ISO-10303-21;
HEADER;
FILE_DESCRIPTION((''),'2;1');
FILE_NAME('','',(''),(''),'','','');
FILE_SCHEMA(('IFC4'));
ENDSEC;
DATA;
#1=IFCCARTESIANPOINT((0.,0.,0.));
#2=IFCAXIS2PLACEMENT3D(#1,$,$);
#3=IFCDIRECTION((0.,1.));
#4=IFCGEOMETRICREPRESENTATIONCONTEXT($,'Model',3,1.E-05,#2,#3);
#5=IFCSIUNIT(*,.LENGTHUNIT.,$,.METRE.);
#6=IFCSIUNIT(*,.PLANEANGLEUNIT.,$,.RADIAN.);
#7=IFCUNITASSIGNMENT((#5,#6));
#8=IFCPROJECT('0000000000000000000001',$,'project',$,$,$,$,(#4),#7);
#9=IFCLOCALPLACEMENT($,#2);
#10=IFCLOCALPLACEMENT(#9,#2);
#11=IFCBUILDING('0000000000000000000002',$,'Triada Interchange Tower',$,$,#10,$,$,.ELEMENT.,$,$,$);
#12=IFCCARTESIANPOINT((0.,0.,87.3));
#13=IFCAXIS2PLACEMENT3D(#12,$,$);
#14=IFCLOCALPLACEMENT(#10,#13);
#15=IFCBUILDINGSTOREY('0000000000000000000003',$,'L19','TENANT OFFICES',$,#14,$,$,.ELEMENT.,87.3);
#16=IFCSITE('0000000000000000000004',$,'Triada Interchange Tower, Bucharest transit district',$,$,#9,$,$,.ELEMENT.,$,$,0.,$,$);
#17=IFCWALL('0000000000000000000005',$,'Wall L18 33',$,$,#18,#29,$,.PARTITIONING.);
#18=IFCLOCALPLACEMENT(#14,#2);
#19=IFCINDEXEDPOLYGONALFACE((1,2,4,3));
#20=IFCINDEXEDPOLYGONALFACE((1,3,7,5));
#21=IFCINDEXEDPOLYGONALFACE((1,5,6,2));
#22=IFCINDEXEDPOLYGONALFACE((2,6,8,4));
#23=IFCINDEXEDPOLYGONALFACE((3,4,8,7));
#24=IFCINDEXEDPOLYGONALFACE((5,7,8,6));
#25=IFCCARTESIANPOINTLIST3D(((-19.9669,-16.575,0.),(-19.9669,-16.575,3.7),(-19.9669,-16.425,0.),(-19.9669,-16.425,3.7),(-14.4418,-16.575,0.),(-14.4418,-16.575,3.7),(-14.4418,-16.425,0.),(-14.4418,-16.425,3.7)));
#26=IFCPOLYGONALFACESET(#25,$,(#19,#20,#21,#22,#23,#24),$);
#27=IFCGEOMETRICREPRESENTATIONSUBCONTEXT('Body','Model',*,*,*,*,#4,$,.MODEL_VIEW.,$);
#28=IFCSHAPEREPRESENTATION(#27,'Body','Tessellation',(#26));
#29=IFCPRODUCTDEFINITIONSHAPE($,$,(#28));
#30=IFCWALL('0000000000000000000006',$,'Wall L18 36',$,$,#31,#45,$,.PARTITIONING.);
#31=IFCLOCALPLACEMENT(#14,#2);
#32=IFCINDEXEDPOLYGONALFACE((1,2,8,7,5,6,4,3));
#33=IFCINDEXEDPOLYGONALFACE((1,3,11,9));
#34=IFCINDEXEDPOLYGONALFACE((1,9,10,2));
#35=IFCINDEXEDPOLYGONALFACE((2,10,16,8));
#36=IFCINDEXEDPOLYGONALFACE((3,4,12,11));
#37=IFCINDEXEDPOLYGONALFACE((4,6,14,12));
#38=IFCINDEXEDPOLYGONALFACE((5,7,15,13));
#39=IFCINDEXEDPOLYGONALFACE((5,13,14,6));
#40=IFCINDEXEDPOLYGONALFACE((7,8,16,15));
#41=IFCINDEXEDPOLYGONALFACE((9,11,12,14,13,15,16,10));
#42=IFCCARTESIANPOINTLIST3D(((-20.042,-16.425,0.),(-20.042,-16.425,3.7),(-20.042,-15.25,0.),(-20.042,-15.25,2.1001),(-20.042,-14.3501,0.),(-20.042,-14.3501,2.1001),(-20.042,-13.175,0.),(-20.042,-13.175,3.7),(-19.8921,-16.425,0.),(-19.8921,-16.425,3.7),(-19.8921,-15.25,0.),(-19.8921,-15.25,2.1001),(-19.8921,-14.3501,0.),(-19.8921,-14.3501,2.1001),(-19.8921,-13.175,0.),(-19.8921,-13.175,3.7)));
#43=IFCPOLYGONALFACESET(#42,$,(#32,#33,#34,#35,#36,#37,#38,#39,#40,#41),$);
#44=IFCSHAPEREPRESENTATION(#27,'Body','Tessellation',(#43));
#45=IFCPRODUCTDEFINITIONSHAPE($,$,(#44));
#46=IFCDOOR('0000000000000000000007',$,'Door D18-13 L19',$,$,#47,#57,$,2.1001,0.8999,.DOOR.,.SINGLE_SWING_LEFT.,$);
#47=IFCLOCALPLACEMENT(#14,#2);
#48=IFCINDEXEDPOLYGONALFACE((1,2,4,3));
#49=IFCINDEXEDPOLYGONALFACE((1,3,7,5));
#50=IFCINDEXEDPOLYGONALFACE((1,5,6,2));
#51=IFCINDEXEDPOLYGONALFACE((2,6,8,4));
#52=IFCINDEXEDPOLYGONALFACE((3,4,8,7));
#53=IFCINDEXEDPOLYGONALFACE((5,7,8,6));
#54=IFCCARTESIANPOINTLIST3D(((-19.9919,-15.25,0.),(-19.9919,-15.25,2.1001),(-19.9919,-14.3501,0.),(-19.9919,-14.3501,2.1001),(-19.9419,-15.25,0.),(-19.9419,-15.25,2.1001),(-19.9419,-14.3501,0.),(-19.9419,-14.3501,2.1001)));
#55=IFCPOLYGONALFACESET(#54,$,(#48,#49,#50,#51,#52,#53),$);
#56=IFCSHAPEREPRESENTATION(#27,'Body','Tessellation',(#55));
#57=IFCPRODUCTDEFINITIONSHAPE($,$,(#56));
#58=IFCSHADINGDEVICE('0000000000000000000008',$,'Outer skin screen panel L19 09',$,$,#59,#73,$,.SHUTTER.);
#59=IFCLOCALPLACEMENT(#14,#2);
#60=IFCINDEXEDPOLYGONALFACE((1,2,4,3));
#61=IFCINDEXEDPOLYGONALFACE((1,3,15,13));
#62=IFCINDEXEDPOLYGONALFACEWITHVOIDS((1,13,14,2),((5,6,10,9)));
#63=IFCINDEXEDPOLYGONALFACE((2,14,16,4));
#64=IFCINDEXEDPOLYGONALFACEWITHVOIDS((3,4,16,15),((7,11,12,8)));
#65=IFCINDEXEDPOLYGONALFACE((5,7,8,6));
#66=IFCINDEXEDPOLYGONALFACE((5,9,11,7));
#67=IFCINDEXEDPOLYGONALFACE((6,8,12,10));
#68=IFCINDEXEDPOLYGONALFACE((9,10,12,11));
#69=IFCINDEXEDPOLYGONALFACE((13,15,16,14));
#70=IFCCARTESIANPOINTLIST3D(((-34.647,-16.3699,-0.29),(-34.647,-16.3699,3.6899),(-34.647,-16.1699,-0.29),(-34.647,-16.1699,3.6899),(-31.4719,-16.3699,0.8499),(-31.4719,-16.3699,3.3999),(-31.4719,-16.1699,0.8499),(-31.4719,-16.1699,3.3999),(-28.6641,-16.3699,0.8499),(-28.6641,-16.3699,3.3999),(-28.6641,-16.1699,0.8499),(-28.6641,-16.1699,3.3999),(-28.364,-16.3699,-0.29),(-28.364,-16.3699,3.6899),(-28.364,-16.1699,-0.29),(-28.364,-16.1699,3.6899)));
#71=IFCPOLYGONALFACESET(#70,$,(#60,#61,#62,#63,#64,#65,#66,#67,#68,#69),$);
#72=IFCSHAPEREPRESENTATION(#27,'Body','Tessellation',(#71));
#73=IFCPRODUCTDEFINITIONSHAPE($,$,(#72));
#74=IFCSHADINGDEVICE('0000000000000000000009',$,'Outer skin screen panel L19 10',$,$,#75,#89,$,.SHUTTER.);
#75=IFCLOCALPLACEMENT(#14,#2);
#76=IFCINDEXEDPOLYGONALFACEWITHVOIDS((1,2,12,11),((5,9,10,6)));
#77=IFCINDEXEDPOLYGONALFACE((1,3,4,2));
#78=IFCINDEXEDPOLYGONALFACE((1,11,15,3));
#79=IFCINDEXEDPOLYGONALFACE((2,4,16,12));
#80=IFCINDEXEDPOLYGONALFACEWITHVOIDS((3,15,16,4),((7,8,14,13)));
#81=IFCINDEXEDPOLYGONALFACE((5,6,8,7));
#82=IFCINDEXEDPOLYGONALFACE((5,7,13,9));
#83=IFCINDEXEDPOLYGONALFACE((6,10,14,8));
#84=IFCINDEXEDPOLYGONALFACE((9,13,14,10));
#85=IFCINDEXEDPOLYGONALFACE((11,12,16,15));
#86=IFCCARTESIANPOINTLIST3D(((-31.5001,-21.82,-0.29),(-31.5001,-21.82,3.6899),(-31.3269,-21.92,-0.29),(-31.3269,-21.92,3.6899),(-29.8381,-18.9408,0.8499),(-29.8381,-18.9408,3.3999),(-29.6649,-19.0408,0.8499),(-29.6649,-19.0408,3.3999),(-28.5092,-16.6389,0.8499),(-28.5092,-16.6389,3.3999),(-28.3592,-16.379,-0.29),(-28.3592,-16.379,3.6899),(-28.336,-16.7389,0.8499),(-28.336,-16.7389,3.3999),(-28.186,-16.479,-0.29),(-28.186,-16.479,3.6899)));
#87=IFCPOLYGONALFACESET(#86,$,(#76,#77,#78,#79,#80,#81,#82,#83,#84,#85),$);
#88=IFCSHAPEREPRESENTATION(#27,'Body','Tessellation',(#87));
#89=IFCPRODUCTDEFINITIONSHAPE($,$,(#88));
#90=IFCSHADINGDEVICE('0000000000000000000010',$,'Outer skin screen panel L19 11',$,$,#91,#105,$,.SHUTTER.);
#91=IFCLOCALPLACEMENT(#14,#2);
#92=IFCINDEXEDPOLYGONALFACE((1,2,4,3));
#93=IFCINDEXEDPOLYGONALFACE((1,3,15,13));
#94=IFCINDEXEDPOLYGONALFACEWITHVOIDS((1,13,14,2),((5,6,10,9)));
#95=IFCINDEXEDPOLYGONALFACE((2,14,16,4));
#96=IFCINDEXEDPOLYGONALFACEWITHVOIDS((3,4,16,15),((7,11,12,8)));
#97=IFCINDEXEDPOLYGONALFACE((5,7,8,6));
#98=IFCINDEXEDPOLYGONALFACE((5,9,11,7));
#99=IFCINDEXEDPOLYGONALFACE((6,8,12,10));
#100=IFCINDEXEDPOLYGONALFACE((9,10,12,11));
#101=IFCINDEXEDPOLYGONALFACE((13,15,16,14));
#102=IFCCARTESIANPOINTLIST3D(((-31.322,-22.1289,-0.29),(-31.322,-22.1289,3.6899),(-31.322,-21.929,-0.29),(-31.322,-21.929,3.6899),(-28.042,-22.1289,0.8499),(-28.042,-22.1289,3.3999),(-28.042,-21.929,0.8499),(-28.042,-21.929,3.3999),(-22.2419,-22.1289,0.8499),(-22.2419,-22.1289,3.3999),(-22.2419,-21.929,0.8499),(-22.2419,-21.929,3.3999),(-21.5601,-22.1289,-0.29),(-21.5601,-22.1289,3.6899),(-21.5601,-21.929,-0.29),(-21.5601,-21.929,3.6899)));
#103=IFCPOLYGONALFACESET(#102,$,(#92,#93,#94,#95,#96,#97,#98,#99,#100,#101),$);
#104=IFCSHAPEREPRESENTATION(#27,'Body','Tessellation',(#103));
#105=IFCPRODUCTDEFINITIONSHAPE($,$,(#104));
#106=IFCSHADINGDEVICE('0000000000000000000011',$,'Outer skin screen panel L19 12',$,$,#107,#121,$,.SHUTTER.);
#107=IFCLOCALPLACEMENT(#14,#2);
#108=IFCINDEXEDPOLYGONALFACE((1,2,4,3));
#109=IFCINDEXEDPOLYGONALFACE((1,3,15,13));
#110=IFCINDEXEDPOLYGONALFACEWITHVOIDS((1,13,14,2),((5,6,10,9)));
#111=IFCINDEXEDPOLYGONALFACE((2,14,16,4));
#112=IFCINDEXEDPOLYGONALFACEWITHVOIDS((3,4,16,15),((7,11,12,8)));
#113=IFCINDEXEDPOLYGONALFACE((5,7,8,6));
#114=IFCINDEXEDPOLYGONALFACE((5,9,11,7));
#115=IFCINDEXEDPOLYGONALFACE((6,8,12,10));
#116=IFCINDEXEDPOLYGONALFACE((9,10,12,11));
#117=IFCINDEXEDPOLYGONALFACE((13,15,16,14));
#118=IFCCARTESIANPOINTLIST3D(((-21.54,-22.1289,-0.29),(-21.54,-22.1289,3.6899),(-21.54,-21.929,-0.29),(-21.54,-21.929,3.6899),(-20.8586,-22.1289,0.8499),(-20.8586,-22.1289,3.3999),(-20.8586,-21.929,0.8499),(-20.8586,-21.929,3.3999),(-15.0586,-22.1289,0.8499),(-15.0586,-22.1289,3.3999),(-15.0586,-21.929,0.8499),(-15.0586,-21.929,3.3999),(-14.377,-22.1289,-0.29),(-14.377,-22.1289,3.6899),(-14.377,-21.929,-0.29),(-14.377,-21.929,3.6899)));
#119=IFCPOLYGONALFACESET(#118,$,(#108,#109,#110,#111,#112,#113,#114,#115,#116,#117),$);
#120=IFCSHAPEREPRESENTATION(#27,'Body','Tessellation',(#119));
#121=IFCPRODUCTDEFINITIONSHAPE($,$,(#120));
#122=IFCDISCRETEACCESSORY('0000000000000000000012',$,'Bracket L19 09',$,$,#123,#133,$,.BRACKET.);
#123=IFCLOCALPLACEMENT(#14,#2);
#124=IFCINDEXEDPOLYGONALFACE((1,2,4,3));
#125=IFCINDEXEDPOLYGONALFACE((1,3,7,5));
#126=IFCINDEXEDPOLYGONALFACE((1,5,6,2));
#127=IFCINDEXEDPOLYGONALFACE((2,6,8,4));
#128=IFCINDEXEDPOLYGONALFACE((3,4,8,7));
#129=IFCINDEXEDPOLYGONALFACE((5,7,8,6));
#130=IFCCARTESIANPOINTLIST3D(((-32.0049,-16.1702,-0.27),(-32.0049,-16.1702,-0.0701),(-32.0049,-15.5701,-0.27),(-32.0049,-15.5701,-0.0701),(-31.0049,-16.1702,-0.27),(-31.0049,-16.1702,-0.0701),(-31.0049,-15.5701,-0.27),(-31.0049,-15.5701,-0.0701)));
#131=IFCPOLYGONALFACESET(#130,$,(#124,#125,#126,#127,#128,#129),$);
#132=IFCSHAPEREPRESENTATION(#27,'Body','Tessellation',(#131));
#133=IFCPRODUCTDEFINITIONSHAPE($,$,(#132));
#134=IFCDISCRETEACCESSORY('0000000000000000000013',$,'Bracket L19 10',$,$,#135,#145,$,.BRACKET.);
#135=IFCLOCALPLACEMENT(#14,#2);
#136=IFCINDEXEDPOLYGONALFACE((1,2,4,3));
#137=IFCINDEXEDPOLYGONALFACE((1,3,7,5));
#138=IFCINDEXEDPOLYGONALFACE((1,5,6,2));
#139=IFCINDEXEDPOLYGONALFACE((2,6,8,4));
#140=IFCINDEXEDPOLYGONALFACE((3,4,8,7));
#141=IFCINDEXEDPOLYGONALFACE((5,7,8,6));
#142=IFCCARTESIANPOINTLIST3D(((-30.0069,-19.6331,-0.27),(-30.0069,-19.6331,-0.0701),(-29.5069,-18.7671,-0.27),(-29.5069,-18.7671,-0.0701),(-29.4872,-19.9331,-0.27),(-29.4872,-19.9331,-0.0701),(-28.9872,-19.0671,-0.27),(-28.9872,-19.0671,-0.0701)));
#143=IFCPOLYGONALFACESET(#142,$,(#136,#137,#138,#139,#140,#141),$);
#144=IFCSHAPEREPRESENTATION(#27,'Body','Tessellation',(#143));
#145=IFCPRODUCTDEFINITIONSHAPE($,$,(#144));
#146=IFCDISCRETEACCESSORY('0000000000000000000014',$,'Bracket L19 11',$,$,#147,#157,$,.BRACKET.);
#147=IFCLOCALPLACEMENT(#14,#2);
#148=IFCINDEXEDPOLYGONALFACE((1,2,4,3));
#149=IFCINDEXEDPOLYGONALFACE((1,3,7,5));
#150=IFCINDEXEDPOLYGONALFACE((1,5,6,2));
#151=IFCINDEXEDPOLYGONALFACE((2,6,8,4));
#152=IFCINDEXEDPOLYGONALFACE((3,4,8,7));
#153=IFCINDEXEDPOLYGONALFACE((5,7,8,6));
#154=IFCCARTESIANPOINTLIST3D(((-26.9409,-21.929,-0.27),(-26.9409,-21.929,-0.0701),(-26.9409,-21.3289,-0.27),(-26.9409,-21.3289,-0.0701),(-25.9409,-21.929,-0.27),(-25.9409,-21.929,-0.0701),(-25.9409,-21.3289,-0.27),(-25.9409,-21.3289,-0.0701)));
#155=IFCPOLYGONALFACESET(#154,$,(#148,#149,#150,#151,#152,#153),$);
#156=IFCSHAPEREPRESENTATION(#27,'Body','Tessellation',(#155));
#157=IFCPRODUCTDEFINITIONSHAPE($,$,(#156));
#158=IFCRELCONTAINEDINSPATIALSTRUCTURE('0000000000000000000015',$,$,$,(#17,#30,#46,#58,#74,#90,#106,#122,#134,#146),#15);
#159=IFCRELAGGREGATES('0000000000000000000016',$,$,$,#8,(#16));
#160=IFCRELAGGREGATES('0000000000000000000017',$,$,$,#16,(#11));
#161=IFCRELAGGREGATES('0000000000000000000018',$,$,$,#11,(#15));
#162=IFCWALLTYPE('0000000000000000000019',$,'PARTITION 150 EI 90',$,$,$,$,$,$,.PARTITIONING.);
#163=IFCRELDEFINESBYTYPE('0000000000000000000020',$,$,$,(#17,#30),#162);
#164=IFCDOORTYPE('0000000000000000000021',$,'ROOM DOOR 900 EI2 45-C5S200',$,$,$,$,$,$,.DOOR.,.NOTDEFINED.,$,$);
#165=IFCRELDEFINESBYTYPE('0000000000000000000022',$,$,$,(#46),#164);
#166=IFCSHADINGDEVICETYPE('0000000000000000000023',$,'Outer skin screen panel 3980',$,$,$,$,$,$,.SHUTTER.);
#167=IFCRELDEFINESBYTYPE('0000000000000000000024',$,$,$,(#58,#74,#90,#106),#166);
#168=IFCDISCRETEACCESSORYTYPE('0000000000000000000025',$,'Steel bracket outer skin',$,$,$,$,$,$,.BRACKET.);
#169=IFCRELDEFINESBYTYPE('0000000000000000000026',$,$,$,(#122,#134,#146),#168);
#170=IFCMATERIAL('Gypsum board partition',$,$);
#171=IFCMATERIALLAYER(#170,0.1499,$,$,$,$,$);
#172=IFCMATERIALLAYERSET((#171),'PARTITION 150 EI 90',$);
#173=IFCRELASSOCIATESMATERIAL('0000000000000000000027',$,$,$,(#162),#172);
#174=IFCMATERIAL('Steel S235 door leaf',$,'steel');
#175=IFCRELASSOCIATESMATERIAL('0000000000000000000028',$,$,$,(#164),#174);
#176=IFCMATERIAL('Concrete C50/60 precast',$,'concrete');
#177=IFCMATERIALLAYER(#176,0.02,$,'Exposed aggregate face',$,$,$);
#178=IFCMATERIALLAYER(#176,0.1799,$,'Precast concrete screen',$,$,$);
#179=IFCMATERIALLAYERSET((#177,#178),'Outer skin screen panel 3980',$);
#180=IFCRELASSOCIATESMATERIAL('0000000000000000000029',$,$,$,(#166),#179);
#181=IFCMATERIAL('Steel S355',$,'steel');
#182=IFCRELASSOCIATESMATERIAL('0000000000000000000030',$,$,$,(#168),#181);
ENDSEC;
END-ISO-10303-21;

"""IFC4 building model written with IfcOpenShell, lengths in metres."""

from ifc_helpers import new_model, si_unit, direction, frame, frame_2d, origin, origin_2d, place, context, subcontext, project, spatial, polyline, rectangle, outline, extrude, material, layer, layer_set, type_object, element, fill, save


model = new_model("IFC4")

# Units and contexts
model_context = context("Model", 3, precision=1e-05, world=origin(), true_north=direction((0.0, 1.0)))
body_context = subcontext(model_context, "Body", "Model", "MODEL_VIEW")
ifc_project = project(units=[si_unit("LENGTHUNIT", "METRE"), si_unit("PLANEANGLEUNIT", "RADIAN")], contexts=[model_context])

# Site, building, storey
site_placement = place(None, origin())
site = spatial("IfcSite", under=ifc_project, at=site_placement, Name="Triada Interchange Tower, Bucharest transit district", CompositionType="ELEMENT", RefElevation=0.0)
building_placement = place(site_placement, origin())
building = spatial("IfcBuilding", under=site, at=building_placement, Name="Triada Interchange Tower", CompositionType="ELEMENT")
storey_placement = place(building_placement, frame((0.0, 0.0, 87.3)))
storey = spatial("IfcBuildingStorey", under=building, at=storey_placement, Name="L19", Description="TENANT OFFICES", CompositionType="ELEMENT", Elevation=87.3)

# Wall
ifc_material_1 = material(Name="Gypsum board partition")
ifc_layer_1 = layer(ifc_material_1, 0.1499)
ifc_layer_set_1 = layer_set([ifc_layer_1], Name="PARTITION 150 EI 90")
wall_type_1 = type_object("IfcWallType", Name="PARTITION 150 EI 90", PredefinedType="PARTITIONING", material=ifc_layer_set_1)
wall_1_placement = place(storey_placement, frame((-19.967, -16.5, 0.0), z_axis=(0.0, 0.0, 1.0), x_axis=(1.0, 0.0, 0.0)))
element("IfcWall", 1, at=wall_1_placement, inside=storey, type_object=wall_type_1, Name="Wall L18 33", PredefinedType="PARTITIONING", context=body_context, shape_type="SweptSolid", body=[
    extrude(rectangle(XDim=5.5251, YDim=0.1499, at=frame_2d((2.7627, 0.0))), origin(), (0.0, 0.0, 1.0), 3.7),
])

# Wall, opening, door
wall_2_placement = place(storey_placement, frame((-19.967, -16.425, 0.0), z_axis=(0.0, 0.0, 1.0), x_axis=(0.0, 1.0, 0.0)))
wall_2 = element("IfcWall", 2, at=wall_2_placement, inside=storey, type_object=wall_type_1, Name="Wall L18 36", PredefinedType="PARTITIONING", context=body_context, shape_type="SweptSolid", body=[
    extrude(rectangle(XDim=3.25, YDim=0.1499, at=frame_2d((1.625, 0.0))), origin(), (0.0, 0.0, 1.0), 3.7),
])
opening_1_placement = place(wall_2_placement, frame((1.175, 0.0, 0.0)))
opening_1 = element("IfcOpeningElement", 3, at=opening_1_placement, cuts=wall_2, PredefinedType="OPENING", context=body_context, shape_type="SweptSolid", body=[
    extrude(rectangle(XDim=0.8999, YDim=2.1001, at=frame_2d((0.45, 1.05))), frame((0.0, 0.085, 0.0), z_axis=(0.0, -1.0, 0.0), x_axis=(1.0, 0.0, 0.0)), (0.0, 0.0, 1.0), 0.1699),
])
ifc_material_2 = material(Name="Steel S235 door leaf", Category="steel")
door_type = type_object("IfcDoorType", Name="ROOM DOOR 900 EI2 45-C5S200", OperationType="NOTDEFINED", PredefinedType="DOOR", material=ifc_material_2)
door_placement = place(opening_1_placement, origin())
door = element("IfcDoor", 4, at=door_placement, inside=storey, type_object=door_type, Name="Door D18-13 L19", OperationType="SINGLE_SWING_LEFT", OverallHeight=2.1001, OverallWidth=0.8999, PredefinedType="DOOR", context=body_context, shape_type="SweptSolid", body=[
    extrude(rectangle(XDim=0.8999, YDim=2.1001, at=frame_2d((0.45, 1.05))), frame((0.0, 0.0249, 0.0), z_axis=(0.0, -1.0, 0.0), x_axis=(1.0, 0.0, 0.0)), (0.0, 0.0, 1.0), 0.05),
])
fill(opening_1, door)

# Shading devices
ifc_material_3 = material(Name="Concrete C50/60 precast", Category="concrete")
ifc_layer_2 = layer(ifc_material_3, 0.02, Name="Exposed aggregate face")
ifc_layer_3 = layer(ifc_material_3, 0.1799, Name="Precast concrete screen")
ifc_layer_set_2 = layer_set([ifc_layer_2, ifc_layer_3], Name="Outer skin screen panel 3980")
shading_device_type = type_object("IfcShadingDeviceType", Name="Outer skin screen panel 3980", PredefinedType="SHUTTER", material=ifc_layer_set_2)
shading_device_1_placement = place(storey_placement, frame((-34.647, -16.1699, -0.29), z_axis=(0.0, 0.0, 1.0), x_axis=(1.0, 0.0, 0.0)))
element("IfcShadingDevice", 5, at=shading_device_1_placement, inside=storey, type_object=shading_device_type, Name="Outer skin screen panel L19 09", PredefinedType="SHUTTER", context=body_context, shape_type="SweptSolid", body=[
    extrude(outline(polyline([(0.0, 0.0), (6.283, 0.0), (6.283, 3.98), (0.0, 3.98), (0.0, 0.0)]), holes=[polyline([(3.175, 1.1399), (3.175, 3.6899), (5.9829, 3.6899), (5.9829, 1.1399), (3.175, 1.1399)])]), frame((0.0, 0.0, 0.0), z_axis=(0.0, -1.0, 0.0), x_axis=(1.0, 0.0, 0.0)), (0.0, 0.0, 1.0), 0.2),
])
shading_device_2_placement = place(storey_placement, frame((-28.186, -16.479, -0.29), z_axis=(0.0, 0.0, 1.0), x_axis=(-0.499947, -0.866056, 0.0)))
element("IfcShadingDevice", 6, at=shading_device_2_placement, inside=storey, type_object=shading_device_type, Name="Outer skin screen panel L19 10", PredefinedType="SHUTTER", context=body_context, shape_type="SweptSolid", body=[
    extrude(outline(polyline([(0.0, 0.0), (6.2825, 0.0), (6.2825, 3.98), (0.0, 3.98), (0.0, 0.0)]), holes=[polyline([(0.3, 1.1399), (0.3, 3.6899), (2.958, 3.6899), (2.958, 1.1399), (0.3, 1.1399)])]), frame((0.0, 0.0, 0.0), z_axis=(0.0, -1.0, 0.0), x_axis=(1.0, 0.0, 0.0)), (0.0, 0.0, 1.0), 0.2),
])
shading_device_3_placement = place(storey_placement, frame((-31.322, -21.929, -0.29), z_axis=(0.0, 0.0, 1.0), x_axis=(1.0, 0.0, 0.0)))
element("IfcShadingDevice", 7, at=shading_device_3_placement, inside=storey, type_object=shading_device_type, Name="Outer skin screen panel L19 11", PredefinedType="SHUTTER", context=body_context, shape_type="SweptSolid", body=[
    extrude(outline(polyline([(0.0, 0.0), (9.762, 0.0), (9.762, 3.98), (0.0, 3.98), (0.0, 0.0)]), holes=[polyline([(3.28, 1.1399), (3.28, 3.6899), (9.0801, 3.6899), (9.0801, 1.1399), (3.28, 1.1399)])]), frame((0.0, 0.0, 0.0), z_axis=(0.0, -1.0, 0.0), x_axis=(1.0, 0.0, 0.0)), (0.0, 0.0, 1.0), 0.2),
])
shading_device_4_placement = place(storey_placement, frame((-21.54, -21.929, -0.29), z_axis=(0.0, 0.0, 1.0), x_axis=(1.0, 0.0, 0.0)))
element("IfcShadingDevice", 8, at=shading_device_4_placement, inside=storey, type_object=shading_device_type, Name="Outer skin screen panel L19 12", PredefinedType="SHUTTER", context=body_context, shape_type="SweptSolid", body=[
    extrude(outline(polyline([(0.0, 0.0), (7.1631, 0.0), (7.1631, 3.98), (0.0, 3.98), (0.0, 0.0)]), holes=[polyline([(0.6814, 1.1399), (0.6814, 3.6899), (6.4814, 3.6899), (6.4814, 1.1399), (0.6814, 1.1399)])]), frame((0.0, 0.0, 0.0), z_axis=(0.0, -1.0, 0.0), x_axis=(1.0, 0.0, 0.0)), (0.0, 0.0, 1.0), 0.2),
])

# Discrete accessories
ifc_material_4 = material(Name="Steel S355", Category="steel")
discrete_accessory_type = type_object("IfcDiscreteAccessoryType", Name="Steel bracket outer skin", PredefinedType="BRACKET", material=ifc_material_4)
for number, where, z_axis, x_axis, name in (
    (9, (-31.5049, -15.8701, -0.27), (0.0, 0.0, 1.0), (0.0, -1.0, 0.0), "Bracket L19 09"),
    (10, (-29.4971, -19.3501, -0.27), (0.0, 0.0, 1.0), (-0.866023, 0.500004, 0.0), "Bracket L19 10"),
    (11, (-26.4409, -21.6289, -0.27), (0.0, 0.0, 1.0), (0.0, -1.0, 0.0), "Bracket L19 11"),
):
    element("IfcDiscreteAccessory", number, at=place(storey_placement, frame(where, z_axis=z_axis, x_axis=x_axis)), inside=storey, type_object=discrete_accessory_type, Name=name, PredefinedType="BRACKET", context=body_context, shape_type="SweptSolid", body=[
        extrude(rectangle(XDim=0.6001, YDim=1.0, at=origin_2d()), origin(), (0.0, 0.0, 1.0), 0.2),
    ])

save(model, "model.ifc")
